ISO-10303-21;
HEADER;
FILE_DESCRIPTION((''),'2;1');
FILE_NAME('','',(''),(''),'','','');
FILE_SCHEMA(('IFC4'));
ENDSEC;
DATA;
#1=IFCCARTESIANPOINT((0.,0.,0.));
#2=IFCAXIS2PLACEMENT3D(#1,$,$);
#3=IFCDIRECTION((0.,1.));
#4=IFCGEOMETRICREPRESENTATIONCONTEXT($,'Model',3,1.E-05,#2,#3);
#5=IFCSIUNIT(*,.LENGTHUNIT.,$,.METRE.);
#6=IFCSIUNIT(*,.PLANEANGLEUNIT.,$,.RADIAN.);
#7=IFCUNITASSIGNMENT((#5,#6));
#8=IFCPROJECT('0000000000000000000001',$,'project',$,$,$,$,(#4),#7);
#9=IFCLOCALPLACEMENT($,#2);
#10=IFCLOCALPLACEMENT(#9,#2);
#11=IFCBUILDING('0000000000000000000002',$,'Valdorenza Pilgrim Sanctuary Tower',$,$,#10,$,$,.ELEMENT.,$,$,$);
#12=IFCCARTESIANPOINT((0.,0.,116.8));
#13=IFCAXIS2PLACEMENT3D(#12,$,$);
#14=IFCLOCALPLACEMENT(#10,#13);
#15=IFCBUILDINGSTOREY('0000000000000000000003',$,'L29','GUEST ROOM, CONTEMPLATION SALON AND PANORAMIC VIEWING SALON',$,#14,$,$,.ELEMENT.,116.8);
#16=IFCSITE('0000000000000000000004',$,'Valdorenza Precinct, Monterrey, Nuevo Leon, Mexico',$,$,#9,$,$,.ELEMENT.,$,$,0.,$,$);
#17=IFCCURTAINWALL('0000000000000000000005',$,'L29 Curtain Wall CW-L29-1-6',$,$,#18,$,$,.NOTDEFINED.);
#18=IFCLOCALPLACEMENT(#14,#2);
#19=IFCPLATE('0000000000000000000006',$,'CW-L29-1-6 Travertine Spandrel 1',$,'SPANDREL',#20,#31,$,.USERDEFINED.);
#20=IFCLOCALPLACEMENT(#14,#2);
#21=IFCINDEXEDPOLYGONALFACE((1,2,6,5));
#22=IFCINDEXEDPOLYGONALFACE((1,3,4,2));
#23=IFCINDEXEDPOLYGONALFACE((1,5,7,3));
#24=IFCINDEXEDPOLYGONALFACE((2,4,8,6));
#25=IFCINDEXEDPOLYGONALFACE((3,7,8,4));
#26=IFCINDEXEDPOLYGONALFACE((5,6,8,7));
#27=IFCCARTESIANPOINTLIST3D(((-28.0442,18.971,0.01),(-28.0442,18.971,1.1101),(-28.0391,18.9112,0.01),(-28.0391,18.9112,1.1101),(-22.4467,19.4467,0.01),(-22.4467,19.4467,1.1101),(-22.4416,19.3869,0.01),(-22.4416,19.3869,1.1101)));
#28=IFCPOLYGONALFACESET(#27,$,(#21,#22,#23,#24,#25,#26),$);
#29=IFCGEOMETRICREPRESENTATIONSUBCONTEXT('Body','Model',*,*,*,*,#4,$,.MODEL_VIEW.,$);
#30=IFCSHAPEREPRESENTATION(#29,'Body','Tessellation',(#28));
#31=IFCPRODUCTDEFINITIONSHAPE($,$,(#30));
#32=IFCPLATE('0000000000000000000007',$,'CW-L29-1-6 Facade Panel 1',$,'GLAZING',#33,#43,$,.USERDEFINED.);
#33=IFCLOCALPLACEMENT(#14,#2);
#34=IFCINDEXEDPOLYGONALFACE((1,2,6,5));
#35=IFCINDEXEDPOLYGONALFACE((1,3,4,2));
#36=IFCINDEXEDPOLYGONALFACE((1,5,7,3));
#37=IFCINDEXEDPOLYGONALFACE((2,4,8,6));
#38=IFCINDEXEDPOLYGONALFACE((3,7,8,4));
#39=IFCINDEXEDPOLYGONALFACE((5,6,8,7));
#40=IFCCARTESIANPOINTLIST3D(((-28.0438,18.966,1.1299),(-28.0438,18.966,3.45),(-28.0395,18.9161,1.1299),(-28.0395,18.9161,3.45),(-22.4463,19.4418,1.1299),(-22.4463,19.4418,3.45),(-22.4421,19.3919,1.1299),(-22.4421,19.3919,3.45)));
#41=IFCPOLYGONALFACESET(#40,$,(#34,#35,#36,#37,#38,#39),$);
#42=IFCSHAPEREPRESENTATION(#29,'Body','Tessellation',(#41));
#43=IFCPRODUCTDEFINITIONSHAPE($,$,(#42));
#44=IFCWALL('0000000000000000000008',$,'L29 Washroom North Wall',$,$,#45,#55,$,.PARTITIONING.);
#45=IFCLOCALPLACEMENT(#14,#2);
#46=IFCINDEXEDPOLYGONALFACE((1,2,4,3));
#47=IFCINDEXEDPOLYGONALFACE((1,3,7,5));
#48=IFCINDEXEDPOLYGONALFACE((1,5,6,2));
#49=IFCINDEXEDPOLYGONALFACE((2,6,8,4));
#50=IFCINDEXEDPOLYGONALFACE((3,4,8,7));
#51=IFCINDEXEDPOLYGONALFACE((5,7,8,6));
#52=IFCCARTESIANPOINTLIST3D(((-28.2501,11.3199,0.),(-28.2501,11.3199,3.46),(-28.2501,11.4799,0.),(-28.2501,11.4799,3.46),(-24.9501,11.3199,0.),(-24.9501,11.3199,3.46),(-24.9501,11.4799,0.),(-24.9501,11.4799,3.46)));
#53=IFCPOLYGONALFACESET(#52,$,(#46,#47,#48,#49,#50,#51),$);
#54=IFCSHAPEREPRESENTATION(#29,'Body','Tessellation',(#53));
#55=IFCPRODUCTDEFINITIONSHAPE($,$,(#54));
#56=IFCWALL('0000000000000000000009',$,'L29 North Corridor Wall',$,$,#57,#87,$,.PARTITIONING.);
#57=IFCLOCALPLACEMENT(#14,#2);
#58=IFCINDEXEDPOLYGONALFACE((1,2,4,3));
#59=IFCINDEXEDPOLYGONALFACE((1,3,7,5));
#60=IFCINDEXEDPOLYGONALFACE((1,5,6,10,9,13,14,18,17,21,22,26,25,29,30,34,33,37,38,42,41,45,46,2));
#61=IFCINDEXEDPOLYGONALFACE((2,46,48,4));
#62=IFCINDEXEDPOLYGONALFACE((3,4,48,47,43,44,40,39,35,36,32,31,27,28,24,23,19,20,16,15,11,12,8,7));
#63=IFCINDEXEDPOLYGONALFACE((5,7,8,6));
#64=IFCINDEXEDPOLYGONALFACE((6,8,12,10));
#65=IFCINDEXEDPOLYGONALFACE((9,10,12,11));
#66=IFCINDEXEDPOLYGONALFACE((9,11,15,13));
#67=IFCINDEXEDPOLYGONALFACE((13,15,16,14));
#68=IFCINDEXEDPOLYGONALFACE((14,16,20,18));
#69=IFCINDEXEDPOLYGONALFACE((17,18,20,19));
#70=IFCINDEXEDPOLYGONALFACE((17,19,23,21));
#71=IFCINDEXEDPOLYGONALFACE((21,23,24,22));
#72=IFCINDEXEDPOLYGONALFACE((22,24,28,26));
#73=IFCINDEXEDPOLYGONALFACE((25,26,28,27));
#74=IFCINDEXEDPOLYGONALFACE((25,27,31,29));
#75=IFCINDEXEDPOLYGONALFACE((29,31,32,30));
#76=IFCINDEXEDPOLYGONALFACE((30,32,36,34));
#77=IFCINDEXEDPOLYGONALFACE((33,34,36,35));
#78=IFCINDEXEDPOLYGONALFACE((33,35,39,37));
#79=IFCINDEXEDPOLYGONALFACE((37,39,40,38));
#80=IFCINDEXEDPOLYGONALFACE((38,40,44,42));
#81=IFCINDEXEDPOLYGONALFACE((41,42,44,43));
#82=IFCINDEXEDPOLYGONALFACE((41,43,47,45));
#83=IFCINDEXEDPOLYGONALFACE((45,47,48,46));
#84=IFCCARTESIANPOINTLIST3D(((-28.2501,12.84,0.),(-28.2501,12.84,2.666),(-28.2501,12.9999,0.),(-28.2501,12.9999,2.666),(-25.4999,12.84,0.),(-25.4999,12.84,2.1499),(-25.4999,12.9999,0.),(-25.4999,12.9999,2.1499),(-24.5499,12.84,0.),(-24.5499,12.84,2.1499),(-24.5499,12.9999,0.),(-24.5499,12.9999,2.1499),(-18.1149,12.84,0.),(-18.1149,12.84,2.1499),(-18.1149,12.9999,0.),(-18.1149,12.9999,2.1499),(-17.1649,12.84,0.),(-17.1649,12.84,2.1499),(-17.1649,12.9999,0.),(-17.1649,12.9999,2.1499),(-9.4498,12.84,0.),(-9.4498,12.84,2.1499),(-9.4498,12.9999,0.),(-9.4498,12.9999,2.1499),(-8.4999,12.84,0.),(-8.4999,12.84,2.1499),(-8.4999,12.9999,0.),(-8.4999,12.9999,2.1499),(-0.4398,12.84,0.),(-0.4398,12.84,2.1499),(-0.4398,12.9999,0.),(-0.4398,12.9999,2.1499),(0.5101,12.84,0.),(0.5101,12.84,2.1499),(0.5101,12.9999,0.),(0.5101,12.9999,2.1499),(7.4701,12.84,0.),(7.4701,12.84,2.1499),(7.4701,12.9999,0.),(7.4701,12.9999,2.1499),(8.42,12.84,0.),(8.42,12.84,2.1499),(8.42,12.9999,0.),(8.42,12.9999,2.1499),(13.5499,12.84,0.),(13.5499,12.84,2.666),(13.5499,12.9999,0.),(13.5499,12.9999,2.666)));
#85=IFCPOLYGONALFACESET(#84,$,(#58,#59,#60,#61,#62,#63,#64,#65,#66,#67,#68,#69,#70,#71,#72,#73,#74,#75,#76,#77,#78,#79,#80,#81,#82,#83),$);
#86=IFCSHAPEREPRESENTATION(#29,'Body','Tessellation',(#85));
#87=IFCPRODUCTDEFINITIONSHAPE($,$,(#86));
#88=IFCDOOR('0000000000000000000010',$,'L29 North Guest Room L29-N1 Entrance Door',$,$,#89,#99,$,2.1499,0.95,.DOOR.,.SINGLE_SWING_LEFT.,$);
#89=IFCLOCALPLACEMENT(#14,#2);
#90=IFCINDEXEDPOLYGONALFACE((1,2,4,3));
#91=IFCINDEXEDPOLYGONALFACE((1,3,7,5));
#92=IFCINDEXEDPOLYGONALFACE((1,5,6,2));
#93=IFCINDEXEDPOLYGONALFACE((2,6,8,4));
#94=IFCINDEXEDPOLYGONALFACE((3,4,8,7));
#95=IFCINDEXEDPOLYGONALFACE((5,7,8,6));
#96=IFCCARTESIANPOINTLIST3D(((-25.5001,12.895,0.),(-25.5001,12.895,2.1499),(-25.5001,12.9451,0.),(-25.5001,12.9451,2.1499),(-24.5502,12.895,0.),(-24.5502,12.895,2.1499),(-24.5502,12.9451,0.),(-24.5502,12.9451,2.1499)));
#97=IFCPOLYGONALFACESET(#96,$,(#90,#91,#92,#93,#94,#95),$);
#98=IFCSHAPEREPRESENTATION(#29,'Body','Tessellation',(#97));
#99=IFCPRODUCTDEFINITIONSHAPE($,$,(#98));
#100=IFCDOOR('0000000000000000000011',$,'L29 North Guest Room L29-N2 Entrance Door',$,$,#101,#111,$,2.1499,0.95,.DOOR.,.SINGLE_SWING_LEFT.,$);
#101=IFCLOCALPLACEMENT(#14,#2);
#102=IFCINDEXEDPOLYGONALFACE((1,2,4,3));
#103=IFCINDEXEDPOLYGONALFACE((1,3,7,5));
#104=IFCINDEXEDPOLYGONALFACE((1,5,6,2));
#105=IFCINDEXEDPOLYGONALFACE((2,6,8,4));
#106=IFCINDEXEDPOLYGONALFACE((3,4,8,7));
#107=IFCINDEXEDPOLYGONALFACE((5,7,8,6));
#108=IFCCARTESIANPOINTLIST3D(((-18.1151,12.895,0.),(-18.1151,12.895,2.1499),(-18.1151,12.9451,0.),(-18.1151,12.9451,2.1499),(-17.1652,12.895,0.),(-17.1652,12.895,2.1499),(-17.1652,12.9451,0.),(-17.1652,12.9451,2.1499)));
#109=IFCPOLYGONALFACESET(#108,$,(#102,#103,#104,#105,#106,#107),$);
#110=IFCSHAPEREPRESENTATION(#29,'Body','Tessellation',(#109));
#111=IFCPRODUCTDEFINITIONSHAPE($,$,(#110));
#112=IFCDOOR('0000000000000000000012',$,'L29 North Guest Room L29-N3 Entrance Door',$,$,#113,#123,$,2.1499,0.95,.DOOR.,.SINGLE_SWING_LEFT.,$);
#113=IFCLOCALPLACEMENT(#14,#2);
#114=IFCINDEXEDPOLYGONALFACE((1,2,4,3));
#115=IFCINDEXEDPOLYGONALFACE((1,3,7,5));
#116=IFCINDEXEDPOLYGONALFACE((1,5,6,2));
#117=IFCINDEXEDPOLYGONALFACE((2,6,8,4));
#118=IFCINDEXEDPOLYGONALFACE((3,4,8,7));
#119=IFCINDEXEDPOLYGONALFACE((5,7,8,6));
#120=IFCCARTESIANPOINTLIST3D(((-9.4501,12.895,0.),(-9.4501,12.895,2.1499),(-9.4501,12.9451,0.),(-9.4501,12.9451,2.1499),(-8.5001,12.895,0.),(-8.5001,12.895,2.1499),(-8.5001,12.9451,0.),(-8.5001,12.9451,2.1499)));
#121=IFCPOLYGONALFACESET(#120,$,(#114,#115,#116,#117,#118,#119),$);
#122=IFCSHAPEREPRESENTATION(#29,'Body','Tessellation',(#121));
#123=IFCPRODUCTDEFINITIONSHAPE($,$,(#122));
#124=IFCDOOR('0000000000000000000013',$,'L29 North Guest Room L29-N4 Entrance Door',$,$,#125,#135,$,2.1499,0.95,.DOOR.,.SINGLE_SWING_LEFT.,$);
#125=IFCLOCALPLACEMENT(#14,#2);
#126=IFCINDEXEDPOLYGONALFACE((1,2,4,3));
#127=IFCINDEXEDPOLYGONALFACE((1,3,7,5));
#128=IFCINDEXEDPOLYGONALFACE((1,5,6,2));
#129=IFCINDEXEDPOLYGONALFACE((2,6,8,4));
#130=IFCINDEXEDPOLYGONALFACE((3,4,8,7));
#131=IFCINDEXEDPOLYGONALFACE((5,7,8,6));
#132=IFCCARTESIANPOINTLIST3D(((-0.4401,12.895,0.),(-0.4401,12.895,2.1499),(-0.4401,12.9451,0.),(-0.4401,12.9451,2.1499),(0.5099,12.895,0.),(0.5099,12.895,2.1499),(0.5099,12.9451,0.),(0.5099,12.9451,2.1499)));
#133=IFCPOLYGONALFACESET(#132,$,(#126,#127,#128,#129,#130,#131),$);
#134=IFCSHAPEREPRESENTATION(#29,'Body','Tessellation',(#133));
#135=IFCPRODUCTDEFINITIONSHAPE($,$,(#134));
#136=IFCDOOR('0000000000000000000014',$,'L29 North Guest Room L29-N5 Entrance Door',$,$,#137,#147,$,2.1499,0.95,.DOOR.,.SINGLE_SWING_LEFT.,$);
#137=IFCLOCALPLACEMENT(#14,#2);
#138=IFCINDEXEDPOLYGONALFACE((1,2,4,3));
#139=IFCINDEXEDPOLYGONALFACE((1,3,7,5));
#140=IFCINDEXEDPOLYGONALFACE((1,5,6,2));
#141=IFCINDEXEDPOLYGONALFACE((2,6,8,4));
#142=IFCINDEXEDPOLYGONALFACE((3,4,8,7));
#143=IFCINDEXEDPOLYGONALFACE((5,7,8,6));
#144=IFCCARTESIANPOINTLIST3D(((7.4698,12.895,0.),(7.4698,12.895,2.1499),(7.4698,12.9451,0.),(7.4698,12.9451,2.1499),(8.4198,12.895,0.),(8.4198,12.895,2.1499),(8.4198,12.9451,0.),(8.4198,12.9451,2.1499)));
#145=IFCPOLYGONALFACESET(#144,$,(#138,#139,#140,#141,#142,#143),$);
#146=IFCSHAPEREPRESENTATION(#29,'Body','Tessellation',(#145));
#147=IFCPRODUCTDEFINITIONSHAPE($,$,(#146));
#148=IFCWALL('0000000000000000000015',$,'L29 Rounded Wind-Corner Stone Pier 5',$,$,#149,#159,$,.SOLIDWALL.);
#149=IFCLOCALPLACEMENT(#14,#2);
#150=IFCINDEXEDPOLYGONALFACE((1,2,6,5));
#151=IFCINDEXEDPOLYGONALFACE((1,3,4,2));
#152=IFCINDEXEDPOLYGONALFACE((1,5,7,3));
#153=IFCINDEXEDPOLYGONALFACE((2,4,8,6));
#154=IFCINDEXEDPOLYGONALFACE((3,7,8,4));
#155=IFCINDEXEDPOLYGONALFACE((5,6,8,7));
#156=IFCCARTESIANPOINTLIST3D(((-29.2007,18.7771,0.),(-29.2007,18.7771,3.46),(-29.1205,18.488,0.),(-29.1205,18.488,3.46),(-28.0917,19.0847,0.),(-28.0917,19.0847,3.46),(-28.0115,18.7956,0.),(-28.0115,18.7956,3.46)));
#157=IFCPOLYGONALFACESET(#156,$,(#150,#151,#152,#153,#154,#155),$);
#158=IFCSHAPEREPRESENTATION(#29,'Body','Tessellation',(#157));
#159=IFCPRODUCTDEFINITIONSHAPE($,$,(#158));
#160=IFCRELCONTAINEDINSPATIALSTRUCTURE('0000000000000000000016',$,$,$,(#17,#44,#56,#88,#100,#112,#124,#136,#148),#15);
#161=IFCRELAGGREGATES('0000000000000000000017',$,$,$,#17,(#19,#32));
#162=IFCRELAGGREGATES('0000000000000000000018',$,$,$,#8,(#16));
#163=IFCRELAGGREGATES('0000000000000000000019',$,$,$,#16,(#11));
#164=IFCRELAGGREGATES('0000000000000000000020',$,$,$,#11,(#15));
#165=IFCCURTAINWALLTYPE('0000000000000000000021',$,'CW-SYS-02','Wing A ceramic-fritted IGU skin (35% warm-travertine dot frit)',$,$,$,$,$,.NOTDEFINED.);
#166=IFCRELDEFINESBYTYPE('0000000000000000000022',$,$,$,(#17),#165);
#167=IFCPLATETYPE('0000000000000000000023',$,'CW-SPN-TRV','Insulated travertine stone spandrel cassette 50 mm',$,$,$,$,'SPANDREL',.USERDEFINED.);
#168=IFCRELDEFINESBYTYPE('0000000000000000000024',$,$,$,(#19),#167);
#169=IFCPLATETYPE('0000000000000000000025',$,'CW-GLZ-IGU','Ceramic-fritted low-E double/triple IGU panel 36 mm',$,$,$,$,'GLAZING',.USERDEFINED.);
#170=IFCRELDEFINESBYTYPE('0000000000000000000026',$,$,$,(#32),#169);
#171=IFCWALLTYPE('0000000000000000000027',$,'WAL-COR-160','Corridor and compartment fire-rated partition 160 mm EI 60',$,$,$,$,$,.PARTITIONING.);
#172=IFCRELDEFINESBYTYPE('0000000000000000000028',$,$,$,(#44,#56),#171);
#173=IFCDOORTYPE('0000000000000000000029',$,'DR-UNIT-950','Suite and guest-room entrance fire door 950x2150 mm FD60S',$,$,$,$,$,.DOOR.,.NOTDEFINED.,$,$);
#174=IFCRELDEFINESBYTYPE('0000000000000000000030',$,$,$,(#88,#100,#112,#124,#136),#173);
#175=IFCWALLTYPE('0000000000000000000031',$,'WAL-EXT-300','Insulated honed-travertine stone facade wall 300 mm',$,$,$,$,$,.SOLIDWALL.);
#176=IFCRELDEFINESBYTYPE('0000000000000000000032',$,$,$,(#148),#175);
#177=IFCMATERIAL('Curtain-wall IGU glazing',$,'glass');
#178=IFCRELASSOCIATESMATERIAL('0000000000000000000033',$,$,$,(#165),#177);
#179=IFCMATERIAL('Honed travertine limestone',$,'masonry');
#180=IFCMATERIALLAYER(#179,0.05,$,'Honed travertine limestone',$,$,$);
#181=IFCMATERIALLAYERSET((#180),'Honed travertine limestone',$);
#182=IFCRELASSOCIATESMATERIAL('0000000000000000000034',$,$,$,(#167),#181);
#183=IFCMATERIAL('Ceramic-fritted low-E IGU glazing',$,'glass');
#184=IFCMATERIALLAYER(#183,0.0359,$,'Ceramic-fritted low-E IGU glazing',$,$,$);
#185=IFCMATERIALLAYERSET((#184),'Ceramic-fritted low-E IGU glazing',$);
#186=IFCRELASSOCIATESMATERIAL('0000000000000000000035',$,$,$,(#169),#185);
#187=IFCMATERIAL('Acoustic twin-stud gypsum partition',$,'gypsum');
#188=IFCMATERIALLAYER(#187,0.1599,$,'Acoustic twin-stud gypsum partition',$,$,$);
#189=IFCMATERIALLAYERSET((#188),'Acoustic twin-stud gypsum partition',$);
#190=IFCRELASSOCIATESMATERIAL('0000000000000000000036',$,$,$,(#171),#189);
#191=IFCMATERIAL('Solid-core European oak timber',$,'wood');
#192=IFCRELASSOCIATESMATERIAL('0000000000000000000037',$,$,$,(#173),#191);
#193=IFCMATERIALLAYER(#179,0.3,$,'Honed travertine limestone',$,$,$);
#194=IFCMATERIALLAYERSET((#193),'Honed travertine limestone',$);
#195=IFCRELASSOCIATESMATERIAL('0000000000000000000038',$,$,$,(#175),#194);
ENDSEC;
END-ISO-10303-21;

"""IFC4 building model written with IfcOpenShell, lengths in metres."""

from ifc_helpers import new_model, si_unit, direction, frame, frame_2d, origin, origin_2d, place, context, subcontext, project, spatial, rectangle, extrude, source, transform, mapped, material, layer, layer_set, type_object, element, fill, aggregate, save


model = new_model("IFC4")

# Units and contexts
model_context = context("Model", 3, precision=1e-05, world=origin(), true_north=direction((0.0, 1.0)))
body_context = subcontext(model_context, "Body", "Model", "MODEL_VIEW")
ifc_project = project(units=[si_unit("LENGTHUNIT", "METRE"), si_unit("PLANEANGLEUNIT", "RADIAN")], contexts=[model_context])

# Site, building, storey
site_placement = place(None, origin())
site = spatial("IfcSite", under=ifc_project, at=site_placement, Name="Valdorenza Precinct, Monterrey, Nuevo Leon, Mexico", CompositionType="ELEMENT", RefElevation=0.0)
building_placement = place(site_placement, origin())
building = spatial("IfcBuilding", under=site, at=building_placement, Name="Valdorenza Pilgrim Sanctuary Tower", CompositionType="ELEMENT")
storey_placement = place(building_placement, frame((0.0, 0.0, 116.8)))
storey = spatial("IfcBuildingStorey", under=building, at=storey_placement, Name="L29", Description="GUEST ROOM, CONTEMPLATION SALON AND PANORAMIC VIEWING SALON", CompositionType="ELEMENT", Elevation=116.8)

# Curtain wall, plates
ifc_material_1 = material(Name="Curtain-wall IGU glazing", Category="glass")
curtain_wall_type = type_object("IfcCurtainWallType", Name="CW-SYS-02", Description="Wing A ceramic-fritted IGU skin (35% warm-travertine dot frit)", PredefinedType="NOTDEFINED", material=ifc_material_1)
curtain_wall_placement = place(storey_placement, origin())
curtain_wall = element("IfcCurtainWall", 1, at=curtain_wall_placement, inside=storey, type_object=curtain_wall_type, Name="L29 Curtain Wall CW-L29-1-6", PredefinedType="NOTDEFINED")
ifc_material_2 = material(Name="Honed travertine limestone", Category="masonry")
ifc_layer_1 = layer(ifc_material_2, 0.05, Name="Honed travertine limestone")
ifc_layer_set_1 = layer_set([ifc_layer_1], Name="Honed travertine limestone")
plate_type_1 = type_object("IfcPlateType", Name="CW-SPN-TRV", Description="Insulated travertine stone spandrel cassette 50 mm", ElementType="SPANDREL", PredefinedType="USERDEFINED", material=ifc_layer_set_1)
shared_shape_1 = source(origin(), body_context, "Body", "SweptSolid", [
    extrude(rectangle(XDim=5.6177, YDim=0.0601, at=origin_2d()), origin(), (0.0, 0.0, 1.0), 1.1001),
])
plate_1_placement = place(storey_placement, frame((-25.2429, 19.179, 0.01), z_axis=(0.0, 0.0, 1.0), x_axis=(0.996408, 0.084687, 0.0)))
plate_1 = element("IfcPlate", 2, at=plate_1_placement, type_object=plate_type_1, Name="CW-L29-1-6 Travertine Spandrel 1", ObjectType="SPANDREL", PredefinedType="USERDEFINED", context=body_context, shape_type="MappedRepresentation", body=[
    mapped(shared_shape_1, transform((0.0, 0.0, 0.0), x_axis=(1.0, 0.0, 0.0), y_axis=(0.0, 1.0, 0.0), z_axis=(0.0, 0.0, 1.0), scale=1.0)),
])
ifc_material_3 = material(Name="Ceramic-fritted low-E IGU glazing", Category="glass")
ifc_layer_2 = layer(ifc_material_3, 0.0359, Name="Ceramic-fritted low-E IGU glazing")
ifc_layer_set_2 = layer_set([ifc_layer_2], Name="Ceramic-fritted low-E IGU glazing")
plate_type_2 = type_object("IfcPlateType", Name="CW-GLZ-IGU", Description="Ceramic-fritted low-E double/triple IGU panel 36 mm", ElementType="GLAZING", PredefinedType="USERDEFINED", material=ifc_layer_set_2)
shared_shape_2 = source(origin(), body_context, "Body", "SweptSolid", [
    extrude(rectangle(XDim=5.6177, YDim=0.05, at=origin_2d()), origin(), (0.0, 0.0, 1.0), 2.3201),
])
plate_2_placement = place(storey_placement, frame((-25.2429, 19.179, 1.1299), z_axis=(0.0, 0.0, 1.0), x_axis=(0.996408, 0.084687, 0.0)))
plate_2 = element("IfcPlate", 3, at=plate_2_placement, type_object=plate_type_2, Name="CW-L29-1-6 Facade Panel 1", ObjectType="GLAZING", PredefinedType="USERDEFINED", context=body_context, shape_type="MappedRepresentation", body=[
    mapped(shared_shape_2, transform((0.0, 0.0, 0.0), x_axis=(1.0, 0.0, 0.0), y_axis=(0.0, 1.0, 0.0), z_axis=(0.0, 0.0, 1.0), scale=1.0)),
])
aggregate(curtain_wall, [plate_1, plate_2])

# Wall
ifc_material_4 = material(Name="Acoustic twin-stud gypsum partition", Category="gypsum")
ifc_layer_3 = layer(ifc_material_4, 0.1599, Name="Acoustic twin-stud gypsum partition")
ifc_layer_set_3 = layer_set([ifc_layer_3], Name="Acoustic twin-stud gypsum partition")
wall_type_1 = type_object("IfcWallType", Name="WAL-COR-160", Description="Corridor and compartment fire-rated partition 160 mm EI 60", PredefinedType="PARTITIONING", material=ifc_layer_set_3)
wall_1_placement = place(storey_placement, frame((-28.25, 11.3999, 0.0), z_axis=(0.0, 0.0, 1.0), x_axis=(1.0, 0.0, 0.0)))
element("IfcWall", 4, at=wall_1_placement, inside=storey, type_object=wall_type_1, Name="L29 Washroom North Wall", PredefinedType="PARTITIONING", context=body_context, shape_type="SweptSolid", body=[
    extrude(rectangle(XDim=3.3, YDim=0.1599, at=frame_2d((1.6499, 0.0))), origin(), (0.0, 0.0, 1.0), 3.46),
])

# Wall, openings, doors
wall_2_placement = place(storey_placement, frame((-28.25, 12.9199, 0.0), z_axis=(0.0, 0.0, 1.0), x_axis=(1.0, 0.0, 0.0)))
wall_2 = element("IfcWall", 5, at=wall_2_placement, inside=storey, type_object=wall_type_1, Name="L29 North Corridor Wall", PredefinedType="PARTITIONING", context=body_context, shape_type="SweptSolid", body=[
    extrude(rectangle(XDim=41.8, YDim=0.1599, at=frame_2d((20.8999, 0.0))), origin(), (0.0, 0.0, 1.0), 2.666),
])
opening_1_placement = place(wall_2_placement, frame((2.75, 0.0, 0.0)))
opening_1 = element("IfcOpeningElement", 6, at=opening_1_placement, cuts=wall_2, PredefinedType="OPENING", context=body_context, shape_type="SweptSolid", body=[
    extrude(rectangle(XDim=0.95, YDim=2.1499, at=frame_2d((0.4751, 1.075))), frame((0.0, 0.0947, 0.0), z_axis=(0.0, -1.0, 0.0), x_axis=(1.0, 0.0, 0.0)), (0.0, 0.0, 1.0), 0.1897),
])
opening_2_placement = place(wall_2_placement, frame((10.135, 0.0, 0.0)))
opening_2 = element("IfcOpeningElement", 7, at=opening_2_placement, cuts=wall_2, PredefinedType="OPENING", context=body_context, shape_type="SweptSolid", body=[
    extrude(rectangle(XDim=0.95, YDim=2.1499, at=frame_2d((0.4751, 1.075))), frame((0.0, 0.0947, 0.0), z_axis=(0.0, -1.0, 0.0), x_axis=(1.0, 0.0, 0.0)), (0.0, 0.0, 1.0), 0.1897),
])
opening_3_placement = place(wall_2_placement, frame((18.8, 0.0, 0.0)))
opening_3 = element("IfcOpeningElement", 8, at=opening_3_placement, cuts=wall_2, PredefinedType="OPENING", context=body_context, shape_type="SweptSolid", body=[
    extrude(rectangle(XDim=0.95, YDim=2.1499, at=frame_2d((0.4751, 1.075))), frame((0.0, 0.0947, 0.0), z_axis=(0.0, -1.0, 0.0), x_axis=(1.0, 0.0, 0.0)), (0.0, 0.0, 1.0), 0.1897),
])
opening_4_placement = place(wall_2_placement, frame((27.8101, 0.0, 0.0)))
opening_4 = element("IfcOpeningElement", 9, at=opening_4_placement, cuts=wall_2, PredefinedType="OPENING", context=body_context, shape_type="SweptSolid", body=[
    extrude(rectangle(XDim=0.95, YDim=2.1499, at=frame_2d((0.4751, 1.075))), frame((0.0, 0.0947, 0.0), z_axis=(0.0, -1.0, 0.0), x_axis=(1.0, 0.0, 0.0)), (0.0, 0.0, 1.0), 0.1897),
])
opening_5_placement = place(wall_2_placement, frame((35.72, 0.0, 0.0)))
opening_5 = element("IfcOpeningElement", 10, at=opening_5_placement, cuts=wall_2, PredefinedType="OPENING", context=body_context, shape_type="SweptSolid", body=[
    extrude(rectangle(XDim=0.95, YDim=2.1499, at=frame_2d((0.4751, 1.075))), frame((0.0, 0.0947, 0.0), z_axis=(0.0, -1.0, 0.0), x_axis=(1.0, 0.0, 0.0)), (0.0, 0.0, 1.0), 0.1897),
])
ifc_material_5 = material(Name="Solid-core European oak timber", Category="wood")
door_type_1 = type_object("IfcDoorType", Name="DR-UNIT-950", Description="Suite and guest-room entrance fire door 950x2150 mm FD60S", OperationType="NOTDEFINED", PredefinedType="DOOR", material=ifc_material_5)
door_1_placement = place(opening_1_placement, frame((0.95, 0.0, 0.0), z_axis=(0.0, 0.0, 1.0), x_axis=(-1.0, 0.0, 0.0)))
door_1 = element("IfcDoor", 11, at=door_1_placement, inside=storey, type_object=door_type_1, Name="L29 North Guest Room L29-N1 Entrance Door", OperationType="SINGLE_SWING_LEFT", OverallHeight=2.1499, OverallWidth=0.95, PredefinedType="DOOR", context=body_context, shape_type="SweptSolid", body=[
    extrude(rectangle(XDim=0.95, YDim=2.1499, at=frame_2d((0.4751, 1.075))), frame((0.0, 0.0249, 0.0), z_axis=(0.0, -1.0, 0.0), x_axis=(1.0, 0.0, 0.0)), (0.0, 0.0, 1.0), 0.05),
])
fill(opening_1, door_1)
door_2_placement = place(opening_2_placement, frame((0.95, 0.0, 0.0), z_axis=(0.0, 0.0, 1.0), x_axis=(-1.0, 0.0, 0.0)))
door_2 = element("IfcDoor", 12, at=door_2_placement, inside=storey, type_object=door_type_1, Name="L29 North Guest Room L29-N2 Entrance Door", OperationType="SINGLE_SWING_LEFT", OverallHeight=2.1499, OverallWidth=0.95, PredefinedType="DOOR", context=body_context, shape_type="SweptSolid", body=[
    extrude(rectangle(XDim=0.95, YDim=2.1499, at=frame_2d((0.4751, 1.075))), frame((0.0, 0.0249, 0.0), z_axis=(0.0, -1.0, 0.0), x_axis=(1.0, 0.0, 0.0)), (0.0, 0.0, 1.0), 0.05),
])
fill(opening_2, door_2)
door_3_placement = place(opening_3_placement, frame((0.95, 0.0, 0.0), z_axis=(0.0, 0.0, 1.0), x_axis=(-1.0, 0.0, 0.0)))
door_3 = element("IfcDoor", 13, at=door_3_placement, inside=storey, type_object=door_type_1, Name="L29 North Guest Room L29-N3 Entrance Door", OperationType="SINGLE_SWING_LEFT", OverallHeight=2.1499, OverallWidth=0.95, PredefinedType="DOOR", context=body_context, shape_type="SweptSolid", body=[
    extrude(rectangle(XDim=0.95, YDim=2.1499, at=frame_2d((0.4751, 1.075))), frame((0.0, 0.0249, 0.0), z_axis=(0.0, -1.0, 0.0), x_axis=(1.0, 0.0, 0.0)), (0.0, 0.0, 1.0), 0.05),
])
fill(opening_3, door_3)
door_4_placement = place(opening_4_placement, frame((0.95, 0.0, 0.0), z_axis=(0.0, 0.0, 1.0), x_axis=(-1.0, 0.0, 0.0)))
door_4 = element("IfcDoor", 14, at=door_4_placement, inside=storey, type_object=door_type_1, Name="L29 North Guest Room L29-N4 Entrance Door", OperationType="SINGLE_SWING_LEFT", OverallHeight=2.1499, OverallWidth=0.95, PredefinedType="DOOR", context=body_context, shape_type="SweptSolid", body=[
    extrude(rectangle(XDim=0.95, YDim=2.1499, at=frame_2d((0.4751, 1.075))), frame((0.0, 0.0249, 0.0), z_axis=(0.0, -1.0, 0.0), x_axis=(1.0, 0.0, 0.0)), (0.0, 0.0, 1.0), 0.05),
])
fill(opening_4, door_4)
door_5_placement = place(opening_5_placement, frame((0.95, 0.0, 0.0), z_axis=(0.0, 0.0, 1.0), x_axis=(-1.0, 0.0, 0.0)))
door_5 = element("IfcDoor", 15, at=door_5_placement, inside=storey, type_object=door_type_1, Name="L29 North Guest Room L29-N5 Entrance Door", OperationType="SINGLE_SWING_LEFT", OverallHeight=2.1499, OverallWidth=0.95, PredefinedType="DOOR", context=body_context, shape_type="SweptSolid", body=[
    extrude(rectangle(XDim=0.95, YDim=2.1499, at=frame_2d((0.4751, 1.075))), frame((0.0, 0.0249, 0.0), z_axis=(0.0, -1.0, 0.0), x_axis=(1.0, 0.0, 0.0)), (0.0, 0.0, 1.0), 0.05),
])
fill(opening_5, door_5)

# Wall
ifc_layer_4 = layer(ifc_material_2, 0.3, Name="Honed travertine limestone")
ifc_layer_set_4 = layer_set([ifc_layer_4], Name="Honed travertine limestone")
wall_type_2 = type_object("IfcWallType", Name="WAL-EXT-300", Description="Insulated honed-travertine stone facade wall 300 mm", PredefinedType="SOLIDWALL", material=ifc_layer_set_4)
wall_3_placement = place(storey_placement, frame((-29.1606, 18.6326, 0.0), z_axis=(0.0, 0.0, 1.0), x_axis=(0.963624, 0.267261, 0.0)))
element("IfcWall", 16, at=wall_3_placement, inside=storey, type_object=wall_type_2, Name="L29 Rounded Wind-Corner Stone Pier 5", PredefinedType="SOLIDWALL", context=body_context, shape_type="SweptSolid", body=[
    extrude(rectangle(XDim=1.1509, YDim=0.3, at=frame_2d((0.5754, 0.0))), origin(), (0.0, 0.0, 1.0), 3.46),
])

save(model, "model.ifc")
